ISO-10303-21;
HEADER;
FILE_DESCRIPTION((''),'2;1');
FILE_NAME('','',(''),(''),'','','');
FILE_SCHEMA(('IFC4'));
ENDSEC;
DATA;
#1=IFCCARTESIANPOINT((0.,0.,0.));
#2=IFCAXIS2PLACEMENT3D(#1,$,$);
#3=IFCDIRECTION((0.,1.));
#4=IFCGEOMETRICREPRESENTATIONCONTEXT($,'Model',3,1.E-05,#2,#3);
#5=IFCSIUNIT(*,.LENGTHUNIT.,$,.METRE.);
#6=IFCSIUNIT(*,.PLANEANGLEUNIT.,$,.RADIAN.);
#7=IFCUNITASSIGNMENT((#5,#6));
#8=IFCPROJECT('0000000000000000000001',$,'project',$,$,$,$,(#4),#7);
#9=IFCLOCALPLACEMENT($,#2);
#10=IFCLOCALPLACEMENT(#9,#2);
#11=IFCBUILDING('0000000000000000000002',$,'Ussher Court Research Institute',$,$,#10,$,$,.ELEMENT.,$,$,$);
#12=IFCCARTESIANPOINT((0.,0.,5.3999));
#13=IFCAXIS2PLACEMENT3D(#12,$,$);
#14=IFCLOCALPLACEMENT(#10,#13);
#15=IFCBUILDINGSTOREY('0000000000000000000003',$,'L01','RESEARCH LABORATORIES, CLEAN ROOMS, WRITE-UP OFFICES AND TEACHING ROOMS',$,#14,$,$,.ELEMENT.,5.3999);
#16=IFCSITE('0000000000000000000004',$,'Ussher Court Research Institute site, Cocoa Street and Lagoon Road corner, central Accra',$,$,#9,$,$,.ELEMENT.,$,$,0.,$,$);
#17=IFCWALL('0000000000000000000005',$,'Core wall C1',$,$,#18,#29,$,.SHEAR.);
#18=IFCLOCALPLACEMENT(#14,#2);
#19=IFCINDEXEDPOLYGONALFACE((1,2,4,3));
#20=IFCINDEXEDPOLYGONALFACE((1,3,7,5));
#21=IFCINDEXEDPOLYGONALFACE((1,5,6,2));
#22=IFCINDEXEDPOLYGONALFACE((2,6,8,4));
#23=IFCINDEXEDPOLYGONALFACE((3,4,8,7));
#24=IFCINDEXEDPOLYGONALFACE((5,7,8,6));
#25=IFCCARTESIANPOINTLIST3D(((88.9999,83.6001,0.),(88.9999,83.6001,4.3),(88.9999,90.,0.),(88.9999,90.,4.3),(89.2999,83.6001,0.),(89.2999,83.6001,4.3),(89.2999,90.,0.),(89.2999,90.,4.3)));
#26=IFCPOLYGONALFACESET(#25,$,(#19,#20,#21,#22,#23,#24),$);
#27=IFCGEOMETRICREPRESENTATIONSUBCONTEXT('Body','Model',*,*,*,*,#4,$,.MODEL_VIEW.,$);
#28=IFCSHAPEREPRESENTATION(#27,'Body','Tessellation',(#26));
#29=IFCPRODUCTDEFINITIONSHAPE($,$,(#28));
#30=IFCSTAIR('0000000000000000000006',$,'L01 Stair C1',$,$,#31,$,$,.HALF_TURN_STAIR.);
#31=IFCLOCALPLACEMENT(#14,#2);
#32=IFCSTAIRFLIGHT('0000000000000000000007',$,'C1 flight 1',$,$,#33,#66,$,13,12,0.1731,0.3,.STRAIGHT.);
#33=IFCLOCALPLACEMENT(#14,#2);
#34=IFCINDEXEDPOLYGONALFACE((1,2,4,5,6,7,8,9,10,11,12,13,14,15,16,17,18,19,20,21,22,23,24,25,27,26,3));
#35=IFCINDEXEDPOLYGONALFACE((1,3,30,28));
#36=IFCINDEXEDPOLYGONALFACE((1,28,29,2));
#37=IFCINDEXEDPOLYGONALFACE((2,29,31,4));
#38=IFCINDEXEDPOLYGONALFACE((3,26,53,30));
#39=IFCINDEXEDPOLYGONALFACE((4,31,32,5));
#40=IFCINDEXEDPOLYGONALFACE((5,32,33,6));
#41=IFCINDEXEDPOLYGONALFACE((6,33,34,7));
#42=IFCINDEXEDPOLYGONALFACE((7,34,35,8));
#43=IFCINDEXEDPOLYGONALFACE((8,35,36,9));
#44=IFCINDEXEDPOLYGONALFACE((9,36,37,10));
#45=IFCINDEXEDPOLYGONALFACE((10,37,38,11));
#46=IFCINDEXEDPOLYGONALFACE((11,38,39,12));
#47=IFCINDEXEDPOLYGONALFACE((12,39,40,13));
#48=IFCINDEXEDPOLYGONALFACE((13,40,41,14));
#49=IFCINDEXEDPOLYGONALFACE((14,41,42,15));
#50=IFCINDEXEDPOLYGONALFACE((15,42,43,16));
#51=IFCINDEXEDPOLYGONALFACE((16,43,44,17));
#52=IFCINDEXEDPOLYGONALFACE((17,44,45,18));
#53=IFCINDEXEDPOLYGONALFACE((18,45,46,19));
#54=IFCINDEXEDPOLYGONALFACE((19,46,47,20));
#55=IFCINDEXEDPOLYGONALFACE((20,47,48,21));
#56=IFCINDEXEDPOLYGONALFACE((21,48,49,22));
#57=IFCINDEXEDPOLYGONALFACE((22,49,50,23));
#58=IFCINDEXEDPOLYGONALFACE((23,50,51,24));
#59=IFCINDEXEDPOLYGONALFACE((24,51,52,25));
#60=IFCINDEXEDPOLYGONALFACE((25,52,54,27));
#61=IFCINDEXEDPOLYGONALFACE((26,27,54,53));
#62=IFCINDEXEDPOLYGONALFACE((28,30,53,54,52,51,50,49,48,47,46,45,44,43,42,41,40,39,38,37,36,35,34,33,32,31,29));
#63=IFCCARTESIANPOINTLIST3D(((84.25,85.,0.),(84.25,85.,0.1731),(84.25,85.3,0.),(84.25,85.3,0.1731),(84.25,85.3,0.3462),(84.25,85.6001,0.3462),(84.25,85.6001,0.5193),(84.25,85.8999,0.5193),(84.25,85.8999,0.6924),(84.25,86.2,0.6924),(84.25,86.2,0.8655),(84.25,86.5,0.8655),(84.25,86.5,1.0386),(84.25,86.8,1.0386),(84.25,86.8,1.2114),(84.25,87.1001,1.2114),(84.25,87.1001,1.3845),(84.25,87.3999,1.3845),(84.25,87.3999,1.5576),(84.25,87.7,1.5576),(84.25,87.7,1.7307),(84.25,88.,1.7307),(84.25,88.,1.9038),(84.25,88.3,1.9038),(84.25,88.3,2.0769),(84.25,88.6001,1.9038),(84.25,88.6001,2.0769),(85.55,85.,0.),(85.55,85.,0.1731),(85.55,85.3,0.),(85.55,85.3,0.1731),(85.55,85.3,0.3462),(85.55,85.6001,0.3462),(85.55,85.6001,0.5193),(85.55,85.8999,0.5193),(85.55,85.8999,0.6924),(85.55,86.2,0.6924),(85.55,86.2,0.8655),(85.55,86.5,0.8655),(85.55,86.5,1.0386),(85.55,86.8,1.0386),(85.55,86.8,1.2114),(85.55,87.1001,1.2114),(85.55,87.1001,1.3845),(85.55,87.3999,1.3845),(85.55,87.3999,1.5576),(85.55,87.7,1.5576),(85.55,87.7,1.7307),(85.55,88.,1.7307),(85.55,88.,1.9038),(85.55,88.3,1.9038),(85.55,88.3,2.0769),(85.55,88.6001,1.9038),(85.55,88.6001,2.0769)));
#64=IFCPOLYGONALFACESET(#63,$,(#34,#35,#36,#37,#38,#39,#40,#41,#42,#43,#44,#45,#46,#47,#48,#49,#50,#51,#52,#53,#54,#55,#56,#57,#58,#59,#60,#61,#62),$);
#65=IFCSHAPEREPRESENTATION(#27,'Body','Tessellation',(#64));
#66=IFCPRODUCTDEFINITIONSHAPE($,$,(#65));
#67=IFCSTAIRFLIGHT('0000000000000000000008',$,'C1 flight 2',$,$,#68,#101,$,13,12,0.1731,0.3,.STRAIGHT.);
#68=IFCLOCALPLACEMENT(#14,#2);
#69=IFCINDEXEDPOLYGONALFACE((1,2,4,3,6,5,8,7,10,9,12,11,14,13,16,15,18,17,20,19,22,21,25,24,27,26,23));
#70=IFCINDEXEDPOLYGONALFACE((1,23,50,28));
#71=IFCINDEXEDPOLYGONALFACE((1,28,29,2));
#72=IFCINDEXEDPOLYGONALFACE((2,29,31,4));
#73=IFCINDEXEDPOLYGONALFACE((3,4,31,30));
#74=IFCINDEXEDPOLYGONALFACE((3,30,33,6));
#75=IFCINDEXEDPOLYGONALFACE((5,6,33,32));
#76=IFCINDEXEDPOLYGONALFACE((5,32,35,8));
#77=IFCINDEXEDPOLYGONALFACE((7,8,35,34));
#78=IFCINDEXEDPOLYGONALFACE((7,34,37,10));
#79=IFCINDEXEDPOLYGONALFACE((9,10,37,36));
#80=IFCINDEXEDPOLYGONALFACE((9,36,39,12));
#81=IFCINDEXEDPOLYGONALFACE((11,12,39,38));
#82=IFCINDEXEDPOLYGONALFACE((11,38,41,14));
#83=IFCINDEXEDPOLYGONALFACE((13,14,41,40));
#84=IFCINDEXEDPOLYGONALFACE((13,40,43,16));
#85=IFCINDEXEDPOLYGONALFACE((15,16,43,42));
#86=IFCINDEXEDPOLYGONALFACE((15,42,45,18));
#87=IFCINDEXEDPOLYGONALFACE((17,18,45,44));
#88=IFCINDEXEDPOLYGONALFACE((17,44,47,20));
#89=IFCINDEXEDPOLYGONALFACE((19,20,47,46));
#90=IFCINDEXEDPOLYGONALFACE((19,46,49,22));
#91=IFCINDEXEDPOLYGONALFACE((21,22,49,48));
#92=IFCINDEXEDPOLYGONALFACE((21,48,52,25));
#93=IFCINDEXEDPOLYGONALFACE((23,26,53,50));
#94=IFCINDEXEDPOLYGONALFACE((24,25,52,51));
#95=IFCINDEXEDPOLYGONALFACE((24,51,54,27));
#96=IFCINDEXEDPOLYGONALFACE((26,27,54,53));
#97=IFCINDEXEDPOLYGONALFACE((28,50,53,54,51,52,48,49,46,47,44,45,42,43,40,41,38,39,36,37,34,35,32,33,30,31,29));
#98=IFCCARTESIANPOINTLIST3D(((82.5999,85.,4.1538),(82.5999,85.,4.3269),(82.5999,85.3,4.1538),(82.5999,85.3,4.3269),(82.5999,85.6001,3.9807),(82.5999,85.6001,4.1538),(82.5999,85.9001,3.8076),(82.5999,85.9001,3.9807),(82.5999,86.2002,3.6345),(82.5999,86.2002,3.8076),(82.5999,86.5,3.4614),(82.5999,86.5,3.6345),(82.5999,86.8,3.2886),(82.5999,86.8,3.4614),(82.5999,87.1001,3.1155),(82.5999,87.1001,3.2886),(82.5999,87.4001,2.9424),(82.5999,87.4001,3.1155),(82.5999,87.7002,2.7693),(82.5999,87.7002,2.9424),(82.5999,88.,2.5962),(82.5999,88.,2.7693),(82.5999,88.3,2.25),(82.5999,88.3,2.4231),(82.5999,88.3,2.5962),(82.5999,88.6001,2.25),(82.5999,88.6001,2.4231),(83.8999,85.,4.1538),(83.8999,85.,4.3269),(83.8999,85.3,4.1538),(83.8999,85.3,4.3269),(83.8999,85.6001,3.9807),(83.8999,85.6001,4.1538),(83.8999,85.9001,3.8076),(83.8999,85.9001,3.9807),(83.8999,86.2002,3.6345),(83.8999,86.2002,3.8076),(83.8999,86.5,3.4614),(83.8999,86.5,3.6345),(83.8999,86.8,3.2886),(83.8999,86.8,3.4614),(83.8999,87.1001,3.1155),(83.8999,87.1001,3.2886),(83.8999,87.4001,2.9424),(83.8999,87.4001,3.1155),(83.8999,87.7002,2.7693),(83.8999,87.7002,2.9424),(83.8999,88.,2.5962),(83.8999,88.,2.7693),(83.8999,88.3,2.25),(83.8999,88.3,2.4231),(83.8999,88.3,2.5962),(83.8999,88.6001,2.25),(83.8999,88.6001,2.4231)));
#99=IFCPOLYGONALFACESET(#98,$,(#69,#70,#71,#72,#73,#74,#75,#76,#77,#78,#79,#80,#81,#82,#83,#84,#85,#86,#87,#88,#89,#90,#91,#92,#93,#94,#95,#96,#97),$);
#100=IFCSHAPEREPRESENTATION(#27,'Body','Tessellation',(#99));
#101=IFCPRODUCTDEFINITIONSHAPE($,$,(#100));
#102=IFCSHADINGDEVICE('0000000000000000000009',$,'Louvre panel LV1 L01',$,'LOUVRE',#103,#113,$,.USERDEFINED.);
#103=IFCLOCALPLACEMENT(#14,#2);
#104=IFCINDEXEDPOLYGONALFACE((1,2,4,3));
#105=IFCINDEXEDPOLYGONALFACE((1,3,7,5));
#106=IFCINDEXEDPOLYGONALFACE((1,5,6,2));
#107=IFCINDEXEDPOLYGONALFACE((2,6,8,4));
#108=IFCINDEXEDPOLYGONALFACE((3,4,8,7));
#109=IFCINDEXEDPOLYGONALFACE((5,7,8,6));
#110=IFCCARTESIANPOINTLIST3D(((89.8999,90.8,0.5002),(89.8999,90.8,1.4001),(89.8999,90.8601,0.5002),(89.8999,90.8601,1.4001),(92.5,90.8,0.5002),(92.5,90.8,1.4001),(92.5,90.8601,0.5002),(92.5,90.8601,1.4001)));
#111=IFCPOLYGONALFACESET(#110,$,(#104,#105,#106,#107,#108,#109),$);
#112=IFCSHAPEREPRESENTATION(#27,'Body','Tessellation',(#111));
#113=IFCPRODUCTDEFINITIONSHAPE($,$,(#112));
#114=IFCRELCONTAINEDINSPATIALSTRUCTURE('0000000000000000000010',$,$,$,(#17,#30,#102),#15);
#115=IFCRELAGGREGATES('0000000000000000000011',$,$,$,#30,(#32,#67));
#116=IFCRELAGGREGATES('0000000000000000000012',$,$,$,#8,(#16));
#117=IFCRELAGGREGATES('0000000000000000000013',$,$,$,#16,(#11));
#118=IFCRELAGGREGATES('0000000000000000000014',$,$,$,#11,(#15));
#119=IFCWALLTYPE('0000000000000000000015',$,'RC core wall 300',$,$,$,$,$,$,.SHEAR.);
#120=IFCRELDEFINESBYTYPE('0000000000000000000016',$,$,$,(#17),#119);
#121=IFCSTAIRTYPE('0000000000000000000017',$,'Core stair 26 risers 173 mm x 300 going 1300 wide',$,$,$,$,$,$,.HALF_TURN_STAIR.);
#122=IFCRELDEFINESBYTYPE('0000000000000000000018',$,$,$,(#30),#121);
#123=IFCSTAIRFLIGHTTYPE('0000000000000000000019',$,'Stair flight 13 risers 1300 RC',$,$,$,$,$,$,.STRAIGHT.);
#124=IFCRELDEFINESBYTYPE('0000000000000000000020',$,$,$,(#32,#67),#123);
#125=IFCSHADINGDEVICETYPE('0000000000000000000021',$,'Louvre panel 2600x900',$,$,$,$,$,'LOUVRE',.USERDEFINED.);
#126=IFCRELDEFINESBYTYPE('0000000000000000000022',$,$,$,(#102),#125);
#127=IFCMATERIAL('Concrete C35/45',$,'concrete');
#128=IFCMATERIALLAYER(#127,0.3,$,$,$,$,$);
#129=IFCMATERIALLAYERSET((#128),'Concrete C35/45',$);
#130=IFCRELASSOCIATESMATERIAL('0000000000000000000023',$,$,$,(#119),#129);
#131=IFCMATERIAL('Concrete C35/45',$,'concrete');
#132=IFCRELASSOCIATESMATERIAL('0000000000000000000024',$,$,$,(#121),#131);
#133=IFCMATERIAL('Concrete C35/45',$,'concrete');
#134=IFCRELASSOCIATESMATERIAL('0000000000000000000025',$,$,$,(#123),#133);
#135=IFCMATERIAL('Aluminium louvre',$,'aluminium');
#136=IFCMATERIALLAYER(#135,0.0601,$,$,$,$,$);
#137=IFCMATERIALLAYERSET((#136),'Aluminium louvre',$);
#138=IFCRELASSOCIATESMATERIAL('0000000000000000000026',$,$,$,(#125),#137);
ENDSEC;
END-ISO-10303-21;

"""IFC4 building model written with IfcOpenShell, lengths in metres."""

from ifc_helpers import new_model, si_unit, direction, frame, frame_2d, origin, origin_2d, place, context, subcontext, project, spatial, polyline, rectangle, outline, extrude, material, layer, layer_set, type_object, element, aggregate, save


model = new_model("IFC4")

# Units and contexts
model_context = context("Model", 3, precision=1e-05, world=origin(), true_north=direction((0.0, 1.0)))
body_context = subcontext(model_context, "Body", "Model", "MODEL_VIEW")
ifc_project = project(units=[si_unit("LENGTHUNIT", "METRE"), si_unit("PLANEANGLEUNIT", "RADIAN")], contexts=[model_context])

# Site, building, storey
site_placement = place(None, origin())
site = spatial("IfcSite", under=ifc_project, at=site_placement, Name="Ussher Court Research Institute site, Cocoa Street and Lagoon Road corner, central Accra", CompositionType="ELEMENT", RefElevation=0.0)
building_placement = place(site_placement, origin())
building = spatial("IfcBuilding", under=site, at=building_placement, Name="Ussher Court Research Institute", CompositionType="ELEMENT")
storey_placement = place(building_placement, frame((0.0, 0.0, 5.3999)))
storey = spatial("IfcBuildingStorey", under=building, at=storey_placement, Name="L01", Description="RESEARCH LABORATORIES, CLEAN ROOMS, WRITE-UP OFFICES AND TEACHING ROOMS", CompositionType="ELEMENT", Elevation=5.3999)

# Wall
ifc_material_1 = material(Name="Concrete C35/45", Category="concrete")
ifc_layer_1 = layer(ifc_material_1, 0.3)
ifc_layer_set_1 = layer_set([ifc_layer_1], Name="Concrete C35/45")
wall_type_1 = type_object("IfcWallType", Name="RC core wall 300", PredefinedType="SHEAR", material=ifc_layer_set_1)
wall_1_placement = place(storey_placement, frame((89.1499, 83.6001, 0.0), z_axis=(0.0, 0.0, 1.0), x_axis=(0.0, 1.0, 0.0)))
element("IfcWall", 1, at=wall_1_placement, inside=storey, type_object=wall_type_1, Name="Core wall C1", PredefinedType="SHEAR", context=body_context, shape_type="SweptSolid", body=[
    extrude(rectangle(XDim=6.3999, YDim=0.3, at=frame_2d((3.2, 0.0))), origin(), (0.0, 0.0, 1.0), 4.3),
])

# Stair, stair flights
ifc_material_2 = material(Name="Concrete C35/45", Category="concrete")
stair_type = type_object("IfcStairType", Name="Core stair 26 risers 173 mm x 300 going 1300 wide", PredefinedType="HALF_TURN_STAIR", material=ifc_material_2)
stair_placement = place(storey_placement, origin())
stair = element("IfcStair", 2, at=stair_placement, inside=storey, type_object=stair_type, Name="L01 Stair C1", PredefinedType="HALF_TURN_STAIR")
ifc_material_3 = material(Name="Concrete C35/45", Category="concrete")
stair_flight_type = type_object("IfcStairFlightType", Name="Stair flight 13 risers 1300 RC", PredefinedType="STRAIGHT", material=ifc_material_3)
stair_flight_1_placement = place(storey_placement, frame((84.8999, 85.0, 0.0), z_axis=(0.0, 0.0, 1.0), x_axis=(0.0, 1.0, 0.0)))
stair_flight_1 = element("IfcStairFlight", 3, at=stair_flight_1_placement, type_object=stair_flight_type, Name="C1 flight 1", NumberOfRisers=13, NumberOfTreads=12, PredefinedType="STRAIGHT", RiserHeight=0.1731, TreadLength=0.3, context=body_context, shape_type="SweptSolid", body=[
    extrude(outline(polyline([(0.0, 0.0), (0.0, 0.1731), (0.3, 0.1731), (0.3, 0.3462), (0.6001, 0.3462), (0.6001, 0.5193), (0.8999, 0.5193), (0.8999, 0.6924), (1.2, 0.6924), (1.2, 0.8655), (1.5, 0.8655), (1.5, 1.0386), (1.8, 1.0386), (1.8, 1.2114), (2.1001, 1.2114), (2.1001, 1.3845), (2.3999, 1.3845), (2.3999, 1.5576), (2.7, 1.5576), (2.7, 1.7307), (3.0, 1.7307), (3.0, 1.9038), (3.3, 1.9038), (3.3, 2.0769), (3.6001, 2.0769), (3.6001, 2.25), (3.6001, 1.9038), (0.3, 0.0), (0.0, 0.0)])), frame((0.0, 0.6499, 0.0), z_axis=(0.0, -1.0, 0.0), x_axis=(1.0, 0.0, 0.0)), (0.0, 0.0, 1.0), 1.3),
])
stair_flight_2_placement = place(storey_placement, frame((83.25, 88.6001, 2.25), z_axis=(0.0, 0.0, 1.0), x_axis=(0.0, -1.0, 0.0)))
stair_flight_2 = element("IfcStairFlight", 4, at=stair_flight_2_placement, type_object=stair_flight_type, Name="C1 flight 2", NumberOfRisers=13, NumberOfTreads=12, PredefinedType="STRAIGHT", RiserHeight=0.1731, TreadLength=0.3, context=body_context, shape_type="SweptSolid", body=[
    extrude(outline(polyline([(0.0, 0.0), (0.0, 0.1731), (0.3, 0.1731), (0.3, 0.3462), (0.6001, 0.3462), (0.6001, 0.5193), (0.8999, 0.5193), (0.8999, 0.6924), (1.2, 0.6924), (1.2, 0.8655), (1.5, 0.8655), (1.5, 1.0386), (1.8, 1.0386), (1.8, 1.2114), (2.1001, 1.2114), (2.1001, 1.3845), (2.3999, 1.3845), (2.3999, 1.5576), (2.7, 1.5576), (2.7, 1.7307), (3.0, 1.7307), (3.0, 1.9038), (3.3, 1.9038), (3.3, 2.0769), (3.6001, 2.0769), (3.6001, 2.25), (3.6001, 1.9038), (0.3, 0.0), (0.0, 0.0)])), frame((0.0, 0.6499, 0.0), z_axis=(0.0, -1.0, 0.0), x_axis=(1.0, 0.0, 0.0)), (0.0, 0.0, 1.0), 1.3),
])
aggregate(stair, [stair_flight_1, stair_flight_2])

# Shading device
ifc_material_4 = material(Name="Aluminium louvre", Category="aluminium")
ifc_layer_2 = layer(ifc_material_4, 0.0601)
ifc_layer_set_2 = layer_set([ifc_layer_2], Name="Aluminium louvre")
shading_device_type = type_object("IfcShadingDeviceType", Name="Louvre panel 2600x900", ElementType="LOUVRE", PredefinedType="USERDEFINED", material=ifc_layer_set_2)
shading_device_placement = place(storey_placement, frame((91.2, 90.8301, 0.5002), z_axis=(0.0, 0.0, 1.0), x_axis=(1.0, 0.0, 0.0)))
element("IfcShadingDevice", 5, at=shading_device_placement, inside=storey, type_object=shading_device_type, Name="Louvre panel LV1 L01", ObjectType="LOUVRE", PredefinedType="USERDEFINED", context=body_context, shape_type="SweptSolid", body=[
    extrude(rectangle(XDim=2.6001, YDim=0.0601, at=origin_2d()), origin(), (0.0, 0.0, 1.0), 0.8999),
])

save(model, "model.ifc")
